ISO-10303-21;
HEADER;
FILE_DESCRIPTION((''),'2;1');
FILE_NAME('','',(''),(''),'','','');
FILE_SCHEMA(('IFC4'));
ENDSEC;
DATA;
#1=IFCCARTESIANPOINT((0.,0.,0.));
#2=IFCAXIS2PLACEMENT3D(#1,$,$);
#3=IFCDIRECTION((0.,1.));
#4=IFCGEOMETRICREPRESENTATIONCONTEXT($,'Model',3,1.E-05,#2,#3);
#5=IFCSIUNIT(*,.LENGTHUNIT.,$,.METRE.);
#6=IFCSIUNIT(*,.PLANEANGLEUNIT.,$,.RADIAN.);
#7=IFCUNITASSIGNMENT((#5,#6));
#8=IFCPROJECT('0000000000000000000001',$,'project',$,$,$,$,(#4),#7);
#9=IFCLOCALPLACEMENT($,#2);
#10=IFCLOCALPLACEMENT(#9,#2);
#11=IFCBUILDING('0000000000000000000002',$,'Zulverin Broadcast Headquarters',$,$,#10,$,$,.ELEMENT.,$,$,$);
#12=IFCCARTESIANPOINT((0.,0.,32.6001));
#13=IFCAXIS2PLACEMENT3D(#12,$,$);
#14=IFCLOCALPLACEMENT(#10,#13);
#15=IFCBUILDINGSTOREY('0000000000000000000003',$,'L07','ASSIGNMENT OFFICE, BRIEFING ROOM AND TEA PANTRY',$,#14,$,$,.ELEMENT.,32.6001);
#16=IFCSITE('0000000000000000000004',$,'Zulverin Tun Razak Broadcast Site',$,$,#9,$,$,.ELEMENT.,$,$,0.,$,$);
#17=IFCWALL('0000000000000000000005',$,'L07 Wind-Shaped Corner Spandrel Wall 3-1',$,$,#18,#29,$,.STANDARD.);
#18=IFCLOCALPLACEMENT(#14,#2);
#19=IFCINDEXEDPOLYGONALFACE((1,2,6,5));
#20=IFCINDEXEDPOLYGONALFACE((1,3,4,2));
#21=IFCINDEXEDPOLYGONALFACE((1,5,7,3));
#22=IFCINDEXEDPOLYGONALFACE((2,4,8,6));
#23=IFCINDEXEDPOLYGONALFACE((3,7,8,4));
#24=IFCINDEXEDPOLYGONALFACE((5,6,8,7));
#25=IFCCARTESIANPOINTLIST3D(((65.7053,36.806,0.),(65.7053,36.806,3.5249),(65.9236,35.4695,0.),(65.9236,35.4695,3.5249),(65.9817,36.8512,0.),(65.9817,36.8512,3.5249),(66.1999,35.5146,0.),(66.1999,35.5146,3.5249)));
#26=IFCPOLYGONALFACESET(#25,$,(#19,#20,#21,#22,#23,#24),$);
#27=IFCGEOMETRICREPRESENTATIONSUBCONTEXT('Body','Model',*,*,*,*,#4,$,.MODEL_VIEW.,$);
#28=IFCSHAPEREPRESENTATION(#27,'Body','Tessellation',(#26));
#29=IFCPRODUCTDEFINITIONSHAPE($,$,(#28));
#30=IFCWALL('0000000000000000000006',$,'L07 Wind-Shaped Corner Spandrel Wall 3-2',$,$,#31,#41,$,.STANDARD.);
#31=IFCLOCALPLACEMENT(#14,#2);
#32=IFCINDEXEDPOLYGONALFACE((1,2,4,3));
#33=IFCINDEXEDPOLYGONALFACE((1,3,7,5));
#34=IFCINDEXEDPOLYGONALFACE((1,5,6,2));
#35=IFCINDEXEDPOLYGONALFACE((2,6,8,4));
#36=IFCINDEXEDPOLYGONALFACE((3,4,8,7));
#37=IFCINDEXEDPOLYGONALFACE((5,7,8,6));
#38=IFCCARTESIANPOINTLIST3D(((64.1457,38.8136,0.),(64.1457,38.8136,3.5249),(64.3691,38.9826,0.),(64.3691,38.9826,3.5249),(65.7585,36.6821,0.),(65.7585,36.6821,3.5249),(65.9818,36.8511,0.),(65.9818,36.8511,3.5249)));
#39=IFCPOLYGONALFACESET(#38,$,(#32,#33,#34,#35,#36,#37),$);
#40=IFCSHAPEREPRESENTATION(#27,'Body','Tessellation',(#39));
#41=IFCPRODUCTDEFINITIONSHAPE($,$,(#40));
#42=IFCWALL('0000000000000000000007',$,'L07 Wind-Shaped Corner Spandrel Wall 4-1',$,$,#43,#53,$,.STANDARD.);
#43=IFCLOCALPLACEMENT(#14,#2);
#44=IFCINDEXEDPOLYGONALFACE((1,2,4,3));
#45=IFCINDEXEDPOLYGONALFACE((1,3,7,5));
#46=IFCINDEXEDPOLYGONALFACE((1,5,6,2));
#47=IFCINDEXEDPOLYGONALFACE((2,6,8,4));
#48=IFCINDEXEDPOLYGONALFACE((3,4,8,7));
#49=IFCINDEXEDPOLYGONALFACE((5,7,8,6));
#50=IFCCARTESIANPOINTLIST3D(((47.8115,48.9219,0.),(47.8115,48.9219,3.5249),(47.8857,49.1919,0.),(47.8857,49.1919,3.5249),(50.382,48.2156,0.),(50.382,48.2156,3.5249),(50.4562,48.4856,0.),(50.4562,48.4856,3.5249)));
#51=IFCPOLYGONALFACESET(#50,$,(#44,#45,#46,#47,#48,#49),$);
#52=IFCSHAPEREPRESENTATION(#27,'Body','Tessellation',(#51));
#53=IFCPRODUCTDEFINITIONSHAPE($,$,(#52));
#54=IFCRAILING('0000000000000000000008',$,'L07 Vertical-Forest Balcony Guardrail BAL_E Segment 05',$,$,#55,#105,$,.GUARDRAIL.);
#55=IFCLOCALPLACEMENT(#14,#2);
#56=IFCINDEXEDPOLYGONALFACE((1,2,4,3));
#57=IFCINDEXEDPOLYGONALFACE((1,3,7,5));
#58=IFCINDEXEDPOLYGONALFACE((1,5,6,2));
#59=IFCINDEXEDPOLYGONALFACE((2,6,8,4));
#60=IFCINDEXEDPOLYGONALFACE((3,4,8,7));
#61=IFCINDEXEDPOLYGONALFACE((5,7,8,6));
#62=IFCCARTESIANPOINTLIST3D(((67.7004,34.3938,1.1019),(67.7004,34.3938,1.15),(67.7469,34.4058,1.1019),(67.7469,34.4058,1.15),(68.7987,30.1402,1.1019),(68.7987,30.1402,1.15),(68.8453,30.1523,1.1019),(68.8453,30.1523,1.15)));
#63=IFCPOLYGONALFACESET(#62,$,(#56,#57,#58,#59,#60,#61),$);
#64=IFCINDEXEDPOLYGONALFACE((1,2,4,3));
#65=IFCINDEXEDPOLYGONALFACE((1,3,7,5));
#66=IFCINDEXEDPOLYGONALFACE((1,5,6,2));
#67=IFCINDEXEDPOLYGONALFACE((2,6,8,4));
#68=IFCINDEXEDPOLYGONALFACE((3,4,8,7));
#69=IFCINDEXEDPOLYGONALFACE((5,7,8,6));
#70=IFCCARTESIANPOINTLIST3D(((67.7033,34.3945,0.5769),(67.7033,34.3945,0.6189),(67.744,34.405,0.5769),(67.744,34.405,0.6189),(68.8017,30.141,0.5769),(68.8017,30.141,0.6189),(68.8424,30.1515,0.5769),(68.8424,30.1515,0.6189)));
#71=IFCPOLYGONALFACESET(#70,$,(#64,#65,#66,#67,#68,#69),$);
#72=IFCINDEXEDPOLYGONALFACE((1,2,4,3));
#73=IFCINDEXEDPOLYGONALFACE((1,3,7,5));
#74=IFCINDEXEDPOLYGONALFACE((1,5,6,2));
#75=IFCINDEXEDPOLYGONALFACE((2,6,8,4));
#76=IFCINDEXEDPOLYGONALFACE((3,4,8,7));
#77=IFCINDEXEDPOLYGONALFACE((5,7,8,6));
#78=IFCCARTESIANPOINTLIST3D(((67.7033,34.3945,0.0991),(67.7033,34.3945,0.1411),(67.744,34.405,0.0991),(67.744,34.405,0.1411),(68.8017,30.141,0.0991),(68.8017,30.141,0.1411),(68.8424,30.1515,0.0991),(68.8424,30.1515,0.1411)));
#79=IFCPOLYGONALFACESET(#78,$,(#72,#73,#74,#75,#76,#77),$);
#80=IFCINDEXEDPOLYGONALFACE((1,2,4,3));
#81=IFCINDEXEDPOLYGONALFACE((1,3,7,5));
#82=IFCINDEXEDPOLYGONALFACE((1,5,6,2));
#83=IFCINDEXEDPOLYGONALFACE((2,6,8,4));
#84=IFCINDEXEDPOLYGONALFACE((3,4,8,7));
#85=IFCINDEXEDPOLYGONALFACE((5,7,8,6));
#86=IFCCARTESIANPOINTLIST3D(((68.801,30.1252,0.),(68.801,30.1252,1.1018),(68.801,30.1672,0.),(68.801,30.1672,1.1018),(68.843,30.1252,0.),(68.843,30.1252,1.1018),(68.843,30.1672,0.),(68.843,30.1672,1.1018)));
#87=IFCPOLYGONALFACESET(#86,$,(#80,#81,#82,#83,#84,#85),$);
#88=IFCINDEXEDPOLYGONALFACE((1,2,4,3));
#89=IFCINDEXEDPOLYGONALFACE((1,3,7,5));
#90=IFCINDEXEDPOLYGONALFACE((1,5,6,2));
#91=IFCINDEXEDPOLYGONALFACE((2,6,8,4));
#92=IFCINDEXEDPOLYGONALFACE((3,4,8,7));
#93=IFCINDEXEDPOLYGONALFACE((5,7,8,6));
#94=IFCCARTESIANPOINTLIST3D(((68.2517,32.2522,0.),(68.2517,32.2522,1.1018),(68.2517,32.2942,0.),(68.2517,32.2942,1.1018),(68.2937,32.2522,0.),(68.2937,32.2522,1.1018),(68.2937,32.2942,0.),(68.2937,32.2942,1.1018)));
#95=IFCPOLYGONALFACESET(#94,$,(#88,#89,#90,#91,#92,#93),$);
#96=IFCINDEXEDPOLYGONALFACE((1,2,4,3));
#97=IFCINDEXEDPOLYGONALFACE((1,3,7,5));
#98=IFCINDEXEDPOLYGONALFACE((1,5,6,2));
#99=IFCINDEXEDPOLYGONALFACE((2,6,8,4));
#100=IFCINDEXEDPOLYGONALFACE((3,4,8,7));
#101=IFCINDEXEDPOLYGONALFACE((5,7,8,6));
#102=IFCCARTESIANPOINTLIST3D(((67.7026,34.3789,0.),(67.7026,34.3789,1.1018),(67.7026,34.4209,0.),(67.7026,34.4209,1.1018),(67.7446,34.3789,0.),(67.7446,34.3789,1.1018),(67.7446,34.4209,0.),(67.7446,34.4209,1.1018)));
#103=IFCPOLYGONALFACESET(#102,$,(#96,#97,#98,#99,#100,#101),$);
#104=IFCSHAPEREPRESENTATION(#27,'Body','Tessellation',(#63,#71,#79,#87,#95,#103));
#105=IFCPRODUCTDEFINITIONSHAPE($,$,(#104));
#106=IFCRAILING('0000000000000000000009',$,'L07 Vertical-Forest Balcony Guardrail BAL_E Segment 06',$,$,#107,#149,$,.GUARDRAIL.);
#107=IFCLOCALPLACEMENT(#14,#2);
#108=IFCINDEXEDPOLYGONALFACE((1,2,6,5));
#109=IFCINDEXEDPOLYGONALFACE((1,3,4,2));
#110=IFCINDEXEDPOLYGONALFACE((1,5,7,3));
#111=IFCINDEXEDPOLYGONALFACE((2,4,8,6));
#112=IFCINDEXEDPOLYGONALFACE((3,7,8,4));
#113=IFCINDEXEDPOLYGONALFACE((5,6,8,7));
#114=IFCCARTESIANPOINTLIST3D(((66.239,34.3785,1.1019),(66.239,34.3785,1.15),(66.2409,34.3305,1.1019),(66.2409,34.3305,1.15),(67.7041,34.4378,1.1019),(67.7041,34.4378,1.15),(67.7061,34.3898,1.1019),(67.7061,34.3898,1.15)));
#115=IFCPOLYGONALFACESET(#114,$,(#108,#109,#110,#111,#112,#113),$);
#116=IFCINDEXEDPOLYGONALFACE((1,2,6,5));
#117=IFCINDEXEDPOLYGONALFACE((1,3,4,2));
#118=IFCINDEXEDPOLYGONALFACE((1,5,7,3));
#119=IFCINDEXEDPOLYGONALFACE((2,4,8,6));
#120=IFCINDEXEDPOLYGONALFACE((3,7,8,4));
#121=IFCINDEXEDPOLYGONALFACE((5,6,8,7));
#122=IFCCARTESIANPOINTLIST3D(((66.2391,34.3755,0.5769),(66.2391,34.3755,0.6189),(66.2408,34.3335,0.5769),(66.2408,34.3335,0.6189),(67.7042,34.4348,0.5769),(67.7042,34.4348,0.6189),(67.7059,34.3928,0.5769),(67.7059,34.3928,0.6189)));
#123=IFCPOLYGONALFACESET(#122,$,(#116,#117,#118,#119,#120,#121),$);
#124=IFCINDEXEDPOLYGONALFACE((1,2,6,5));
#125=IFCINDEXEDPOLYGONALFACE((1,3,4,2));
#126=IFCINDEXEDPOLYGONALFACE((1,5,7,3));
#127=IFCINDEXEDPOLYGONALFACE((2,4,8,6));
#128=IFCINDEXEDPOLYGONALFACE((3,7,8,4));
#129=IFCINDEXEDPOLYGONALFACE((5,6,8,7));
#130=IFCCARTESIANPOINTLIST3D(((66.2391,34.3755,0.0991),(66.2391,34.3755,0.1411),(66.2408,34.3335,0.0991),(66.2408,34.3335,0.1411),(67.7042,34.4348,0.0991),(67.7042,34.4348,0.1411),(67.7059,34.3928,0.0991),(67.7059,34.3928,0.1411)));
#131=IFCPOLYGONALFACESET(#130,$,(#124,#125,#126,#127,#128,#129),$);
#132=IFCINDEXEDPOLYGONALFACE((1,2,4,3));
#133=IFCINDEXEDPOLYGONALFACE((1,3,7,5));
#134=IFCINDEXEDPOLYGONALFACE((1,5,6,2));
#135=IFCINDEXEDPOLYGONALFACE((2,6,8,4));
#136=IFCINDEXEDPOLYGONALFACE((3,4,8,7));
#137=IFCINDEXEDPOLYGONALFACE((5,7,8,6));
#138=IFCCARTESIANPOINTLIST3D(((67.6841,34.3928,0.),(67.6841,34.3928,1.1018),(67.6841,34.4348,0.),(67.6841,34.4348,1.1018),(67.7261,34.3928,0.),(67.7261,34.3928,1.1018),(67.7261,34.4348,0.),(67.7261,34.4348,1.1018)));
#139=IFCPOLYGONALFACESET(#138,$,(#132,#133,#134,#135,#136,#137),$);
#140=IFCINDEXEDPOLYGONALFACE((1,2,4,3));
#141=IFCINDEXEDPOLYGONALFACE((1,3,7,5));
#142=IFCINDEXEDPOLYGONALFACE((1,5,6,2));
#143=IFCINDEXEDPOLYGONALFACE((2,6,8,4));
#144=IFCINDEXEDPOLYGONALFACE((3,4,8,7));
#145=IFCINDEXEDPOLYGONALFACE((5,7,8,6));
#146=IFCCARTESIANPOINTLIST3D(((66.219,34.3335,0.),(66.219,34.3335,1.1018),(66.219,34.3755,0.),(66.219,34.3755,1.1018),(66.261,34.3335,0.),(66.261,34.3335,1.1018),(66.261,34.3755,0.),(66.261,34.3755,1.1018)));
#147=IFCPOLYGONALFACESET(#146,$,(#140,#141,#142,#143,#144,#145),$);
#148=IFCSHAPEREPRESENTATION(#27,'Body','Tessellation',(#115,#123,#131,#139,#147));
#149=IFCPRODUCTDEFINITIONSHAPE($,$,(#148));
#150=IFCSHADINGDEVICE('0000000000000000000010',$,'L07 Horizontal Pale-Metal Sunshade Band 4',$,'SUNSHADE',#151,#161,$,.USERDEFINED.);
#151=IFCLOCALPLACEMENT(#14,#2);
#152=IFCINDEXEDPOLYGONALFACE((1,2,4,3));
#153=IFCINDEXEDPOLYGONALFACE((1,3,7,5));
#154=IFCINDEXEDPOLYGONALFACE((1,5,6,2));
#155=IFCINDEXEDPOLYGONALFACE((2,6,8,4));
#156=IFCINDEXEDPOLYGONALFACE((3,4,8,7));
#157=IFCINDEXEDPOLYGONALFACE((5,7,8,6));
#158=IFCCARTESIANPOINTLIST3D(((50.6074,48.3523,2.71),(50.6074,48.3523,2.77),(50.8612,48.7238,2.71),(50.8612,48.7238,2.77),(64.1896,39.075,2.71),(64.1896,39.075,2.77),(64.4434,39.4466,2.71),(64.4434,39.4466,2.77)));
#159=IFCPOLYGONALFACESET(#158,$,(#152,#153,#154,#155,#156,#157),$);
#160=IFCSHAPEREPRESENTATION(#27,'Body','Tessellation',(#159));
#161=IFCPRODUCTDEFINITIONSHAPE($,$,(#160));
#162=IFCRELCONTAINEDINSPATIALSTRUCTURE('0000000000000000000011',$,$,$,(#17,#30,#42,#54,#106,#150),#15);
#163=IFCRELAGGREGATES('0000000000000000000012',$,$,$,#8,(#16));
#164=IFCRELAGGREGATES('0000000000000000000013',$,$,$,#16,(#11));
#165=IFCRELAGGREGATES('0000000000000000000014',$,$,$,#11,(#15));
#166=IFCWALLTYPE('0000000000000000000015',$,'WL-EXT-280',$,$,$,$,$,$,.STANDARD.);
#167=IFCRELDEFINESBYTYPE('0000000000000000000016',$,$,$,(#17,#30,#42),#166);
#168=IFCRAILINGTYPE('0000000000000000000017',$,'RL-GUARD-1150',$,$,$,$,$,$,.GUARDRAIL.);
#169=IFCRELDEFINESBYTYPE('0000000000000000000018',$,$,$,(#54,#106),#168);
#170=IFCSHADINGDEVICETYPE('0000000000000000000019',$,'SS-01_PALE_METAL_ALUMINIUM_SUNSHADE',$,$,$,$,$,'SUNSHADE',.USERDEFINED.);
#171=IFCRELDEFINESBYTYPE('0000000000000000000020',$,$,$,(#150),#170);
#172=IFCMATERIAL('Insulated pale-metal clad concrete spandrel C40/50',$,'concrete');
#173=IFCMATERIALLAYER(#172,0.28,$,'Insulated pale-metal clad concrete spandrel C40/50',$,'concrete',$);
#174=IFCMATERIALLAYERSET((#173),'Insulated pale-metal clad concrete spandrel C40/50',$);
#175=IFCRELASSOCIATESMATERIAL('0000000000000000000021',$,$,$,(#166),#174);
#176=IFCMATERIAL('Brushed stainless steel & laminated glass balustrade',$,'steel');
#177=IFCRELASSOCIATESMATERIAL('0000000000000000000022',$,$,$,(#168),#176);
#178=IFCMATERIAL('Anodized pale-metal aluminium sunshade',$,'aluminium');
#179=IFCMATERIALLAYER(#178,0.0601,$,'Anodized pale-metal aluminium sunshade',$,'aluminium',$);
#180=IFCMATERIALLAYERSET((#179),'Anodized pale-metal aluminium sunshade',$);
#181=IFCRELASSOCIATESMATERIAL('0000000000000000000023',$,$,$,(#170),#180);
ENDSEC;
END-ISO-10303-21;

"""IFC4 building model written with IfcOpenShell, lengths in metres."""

from ifc_helpers import new_model, si_unit, direction, frame, frame_2d, origin, origin_2d, place, context, subcontext, project, spatial, rectangle, extrude, material, layer, layer_set, type_object, element, save


model = new_model("IFC4")

# Units and contexts
model_context = context("Model", 3, precision=1e-05, world=origin(), true_north=direction((0.0, 1.0)))
body_context = subcontext(model_context, "Body", "Model", "MODEL_VIEW")
ifc_project = project(units=[si_unit("LENGTHUNIT", "METRE"), si_unit("PLANEANGLEUNIT", "RADIAN")], contexts=[model_context])

# Site, building, storey
site_placement = place(None, origin())
site = spatial("IfcSite", under=ifc_project, at=site_placement, Name="Zulverin Tun Razak Broadcast Site", CompositionType="ELEMENT", RefElevation=0.0)
building_placement = place(site_placement, origin())
building = spatial("IfcBuilding", under=site, at=building_placement, Name="Zulverin Broadcast Headquarters", CompositionType="ELEMENT")
storey_placement = place(building_placement, frame((0.0, 0.0, 32.6001)))
storey = spatial("IfcBuildingStorey", under=building, at=storey_placement, Name="L07", Description="ASSIGNMENT OFFICE, BRIEFING ROOM AND TEA PANTRY", CompositionType="ELEMENT", Elevation=32.6001)

# Shared definitions
ifc_material_1 = material(Name="Insulated pale-metal clad concrete spandrel C40/50", Category="concrete")
ifc_layer_1 = layer(ifc_material_1, 0.28, Name="Insulated pale-metal clad concrete spandrel C40/50", Category="concrete")
ifc_layer_set_1 = layer_set([ifc_layer_1], Name="Insulated pale-metal clad concrete spandrel C40/50")
wall_type = type_object("IfcWallType", Name="WL-EXT-280", PredefinedType="STANDARD", material=ifc_layer_set_1)

# Walls
wall_1_placement = place(storey_placement, frame((66.0618, 35.4919, 0.0), z_axis=(0.0, 0.0, 1.0), x_axis=(-0.161182, 0.986925, 0.0)))
element("IfcWall", 1, at=wall_1_placement, inside=storey, type_object=wall_type, Name="L07 Wind-Shaped Corner Spandrel Wall 3-1", PredefinedType="STANDARD", context=body_context, shape_type="SweptSolid", body=[
    extrude(rectangle(XDim=1.3542, YDim=0.28, at=frame_2d((0.6772, 0.0))), origin(), (0.0, 0.0, 1.0), 3.5249),
])
wall_2_placement = place(storey_placement, frame((65.8701, 36.7666, 0.0), z_axis=(0.0, 0.0, 1.0), x_axis=(-0.60337, 0.797461, 0.0)))
element("IfcWall", 2, at=wall_2_placement, inside=storey, type_object=wall_type, Name="L07 Wind-Shaped Corner Spandrel Wall 3-2", PredefinedType="STANDARD", context=body_context, shape_type="SweptSolid", body=[
    extrude(rectangle(XDim=2.6729, YDim=0.28, at=frame_2d((1.3364, 0.0))), origin(), (0.0, 0.0, 1.0), 3.5249),
])
wall_3_placement = place(storey_placement, frame((50.4192, 48.3506, 0.0), z_axis=(0.0, 0.0, 1.0), x_axis=(-0.964263, 0.264946, 0.0)))
element("IfcWall", 3, at=wall_3_placement, inside=storey, type_object=wall_type, Name="L07 Wind-Shaped Corner Spandrel Wall 4-1", PredefinedType="STANDARD", context=body_context, shape_type="SweptSolid", body=[
    extrude(rectangle(XDim=2.6658, YDim=0.28, at=frame_2d((1.333, 0.0))), origin(), (0.0, 0.0, 1.0), 3.5249),
])

# Railings
ifc_material_2 = material(Name="Brushed stainless steel & laminated glass balustrade", Category="steel")
railing_type = type_object("IfcRailingType", Name="RL-GUARD-1150", PredefinedType="GUARDRAIL", material=ifc_material_2)
railing_1_placement = place(storey_placement, frame((68.822, 30.1462, 0.0)))
element("IfcRailing", 4, at=railing_1_placement, inside=storey, type_object=railing_type, Name="L07 Vertical-Forest Balcony Guardrail BAL_E Segment 05", PredefinedType="GUARDRAIL", context=body_context, shape_type="SweptSolid", body=[
    extrude(rectangle(XDim=0.0481, YDim=0.0481, at=origin_2d()), frame((0.0, 0.0, 1.126), z_axis=(-0.250021, 0.96824, 0.0), x_axis=(-0.96824, -0.250021, 0.0)), (0.0, 0.0, 1.0), 4.3931),
    extrude(rectangle(XDim=0.042, YDim=0.042, at=origin_2d()), frame((0.0, 0.0, 0.5979), z_axis=(-0.250021, 0.96824, 0.0), x_axis=(-0.96824, -0.250021, 0.0)), (0.0, 0.0, 1.0), 4.3931),
    extrude(rectangle(XDim=0.042, YDim=0.042, at=origin_2d()), frame((0.0, 0.0, 0.1201), z_axis=(-0.250021, 0.96824, 0.0), x_axis=(-0.96824, -0.250021, 0.0)), (0.0, 0.0, 1.0), 4.3931),
    extrude(rectangle(XDim=0.042, YDim=0.042, at=origin_2d()), origin(), (0.0, 0.0, 1.0), 1.1018),
    extrude(rectangle(XDim=0.042, YDim=0.042, at=origin_2d()), frame((-0.5493, 2.127, 0.0)), (0.0, 0.0, 1.0), 1.1018),
    extrude(rectangle(XDim=0.042, YDim=0.042, at=origin_2d()), frame((-1.0984, 4.2537, 0.0)), (0.0, 0.0, 1.0), 1.1018),
])
railing_2_placement = place(storey_placement, frame((67.7051, 34.4138, 0.0)))
element("IfcRailing", 5, at=railing_2_placement, inside=storey, type_object=railing_type, Name="L07 Vertical-Forest Balcony Guardrail BAL_E Segment 06", PredefinedType="GUARDRAIL", context=body_context, shape_type="SweptSolid", body=[
    extrude(rectangle(XDim=0.0481, YDim=0.0481, at=origin_2d()), frame((0.0, 0.0, 1.126), z_axis=(-0.999181, -0.04046, 0.0), x_axis=(0.04046, -0.999181, 0.0)), (0.0, 0.0, 1.0), 1.4663),
    extrude(rectangle(XDim=0.042, YDim=0.042, at=origin_2d()), frame((0.0, 0.0, 0.5979), z_axis=(-0.999181, -0.04046, 0.0), x_axis=(0.04046, -0.999181, 0.0)), (0.0, 0.0, 1.0), 1.4663),
    extrude(rectangle(XDim=0.042, YDim=0.042, at=origin_2d()), frame((0.0, 0.0, 0.1201), z_axis=(-0.999181, -0.04046, 0.0), x_axis=(0.04046, -0.999181, 0.0)), (0.0, 0.0, 1.0), 1.4663),
    extrude(rectangle(XDim=0.042, YDim=0.042, at=origin_2d()), origin(), (0.0, 0.0, 1.0), 1.1018),
    extrude(rectangle(XDim=0.042, YDim=0.042, at=origin_2d()), frame((-1.4651, -0.0593, 0.0)), (0.0, 0.0, 1.0), 1.1018),
])

# Shading device
ifc_material_3 = material(Name="Anodized pale-metal aluminium sunshade", Category="aluminium")
ifc_layer_2 = layer(ifc_material_3, 0.0601, Name="Anodized pale-metal aluminium sunshade", Category="aluminium")
ifc_layer_set_2 = layer_set([ifc_layer_2], Name="Anodized pale-metal aluminium sunshade")
shading_device_type = type_object("IfcShadingDeviceType", Name="SS-01_PALE_METAL_ALUMINIUM_SUNSHADE", ElementType="SUNSHADE", PredefinedType="USERDEFINED", material=ifc_layer_set_2)
shading_device_placement = place(storey_placement, frame((57.5254, 43.8994, 2.71), z_axis=(0.0, 0.0, 1.0), x_axis=(-0.825757, 0.564026, 0.0)))
element("IfcShadingDevice", 6, at=shading_device_placement, inside=storey, type_object=shading_device_type, Name="L07 Horizontal Pale-Metal Sunshade Band 4", ObjectType="SUNSHADE", PredefinedType="USERDEFINED", context=body_context, shape_type="SweptSolid", body=[
    extrude(rectangle(XDim=16.4482, YDim=0.45, at=origin_2d()), origin(), (0.0, 0.0, 1.0), 0.0601),
])

save(model, "model.ifc")
